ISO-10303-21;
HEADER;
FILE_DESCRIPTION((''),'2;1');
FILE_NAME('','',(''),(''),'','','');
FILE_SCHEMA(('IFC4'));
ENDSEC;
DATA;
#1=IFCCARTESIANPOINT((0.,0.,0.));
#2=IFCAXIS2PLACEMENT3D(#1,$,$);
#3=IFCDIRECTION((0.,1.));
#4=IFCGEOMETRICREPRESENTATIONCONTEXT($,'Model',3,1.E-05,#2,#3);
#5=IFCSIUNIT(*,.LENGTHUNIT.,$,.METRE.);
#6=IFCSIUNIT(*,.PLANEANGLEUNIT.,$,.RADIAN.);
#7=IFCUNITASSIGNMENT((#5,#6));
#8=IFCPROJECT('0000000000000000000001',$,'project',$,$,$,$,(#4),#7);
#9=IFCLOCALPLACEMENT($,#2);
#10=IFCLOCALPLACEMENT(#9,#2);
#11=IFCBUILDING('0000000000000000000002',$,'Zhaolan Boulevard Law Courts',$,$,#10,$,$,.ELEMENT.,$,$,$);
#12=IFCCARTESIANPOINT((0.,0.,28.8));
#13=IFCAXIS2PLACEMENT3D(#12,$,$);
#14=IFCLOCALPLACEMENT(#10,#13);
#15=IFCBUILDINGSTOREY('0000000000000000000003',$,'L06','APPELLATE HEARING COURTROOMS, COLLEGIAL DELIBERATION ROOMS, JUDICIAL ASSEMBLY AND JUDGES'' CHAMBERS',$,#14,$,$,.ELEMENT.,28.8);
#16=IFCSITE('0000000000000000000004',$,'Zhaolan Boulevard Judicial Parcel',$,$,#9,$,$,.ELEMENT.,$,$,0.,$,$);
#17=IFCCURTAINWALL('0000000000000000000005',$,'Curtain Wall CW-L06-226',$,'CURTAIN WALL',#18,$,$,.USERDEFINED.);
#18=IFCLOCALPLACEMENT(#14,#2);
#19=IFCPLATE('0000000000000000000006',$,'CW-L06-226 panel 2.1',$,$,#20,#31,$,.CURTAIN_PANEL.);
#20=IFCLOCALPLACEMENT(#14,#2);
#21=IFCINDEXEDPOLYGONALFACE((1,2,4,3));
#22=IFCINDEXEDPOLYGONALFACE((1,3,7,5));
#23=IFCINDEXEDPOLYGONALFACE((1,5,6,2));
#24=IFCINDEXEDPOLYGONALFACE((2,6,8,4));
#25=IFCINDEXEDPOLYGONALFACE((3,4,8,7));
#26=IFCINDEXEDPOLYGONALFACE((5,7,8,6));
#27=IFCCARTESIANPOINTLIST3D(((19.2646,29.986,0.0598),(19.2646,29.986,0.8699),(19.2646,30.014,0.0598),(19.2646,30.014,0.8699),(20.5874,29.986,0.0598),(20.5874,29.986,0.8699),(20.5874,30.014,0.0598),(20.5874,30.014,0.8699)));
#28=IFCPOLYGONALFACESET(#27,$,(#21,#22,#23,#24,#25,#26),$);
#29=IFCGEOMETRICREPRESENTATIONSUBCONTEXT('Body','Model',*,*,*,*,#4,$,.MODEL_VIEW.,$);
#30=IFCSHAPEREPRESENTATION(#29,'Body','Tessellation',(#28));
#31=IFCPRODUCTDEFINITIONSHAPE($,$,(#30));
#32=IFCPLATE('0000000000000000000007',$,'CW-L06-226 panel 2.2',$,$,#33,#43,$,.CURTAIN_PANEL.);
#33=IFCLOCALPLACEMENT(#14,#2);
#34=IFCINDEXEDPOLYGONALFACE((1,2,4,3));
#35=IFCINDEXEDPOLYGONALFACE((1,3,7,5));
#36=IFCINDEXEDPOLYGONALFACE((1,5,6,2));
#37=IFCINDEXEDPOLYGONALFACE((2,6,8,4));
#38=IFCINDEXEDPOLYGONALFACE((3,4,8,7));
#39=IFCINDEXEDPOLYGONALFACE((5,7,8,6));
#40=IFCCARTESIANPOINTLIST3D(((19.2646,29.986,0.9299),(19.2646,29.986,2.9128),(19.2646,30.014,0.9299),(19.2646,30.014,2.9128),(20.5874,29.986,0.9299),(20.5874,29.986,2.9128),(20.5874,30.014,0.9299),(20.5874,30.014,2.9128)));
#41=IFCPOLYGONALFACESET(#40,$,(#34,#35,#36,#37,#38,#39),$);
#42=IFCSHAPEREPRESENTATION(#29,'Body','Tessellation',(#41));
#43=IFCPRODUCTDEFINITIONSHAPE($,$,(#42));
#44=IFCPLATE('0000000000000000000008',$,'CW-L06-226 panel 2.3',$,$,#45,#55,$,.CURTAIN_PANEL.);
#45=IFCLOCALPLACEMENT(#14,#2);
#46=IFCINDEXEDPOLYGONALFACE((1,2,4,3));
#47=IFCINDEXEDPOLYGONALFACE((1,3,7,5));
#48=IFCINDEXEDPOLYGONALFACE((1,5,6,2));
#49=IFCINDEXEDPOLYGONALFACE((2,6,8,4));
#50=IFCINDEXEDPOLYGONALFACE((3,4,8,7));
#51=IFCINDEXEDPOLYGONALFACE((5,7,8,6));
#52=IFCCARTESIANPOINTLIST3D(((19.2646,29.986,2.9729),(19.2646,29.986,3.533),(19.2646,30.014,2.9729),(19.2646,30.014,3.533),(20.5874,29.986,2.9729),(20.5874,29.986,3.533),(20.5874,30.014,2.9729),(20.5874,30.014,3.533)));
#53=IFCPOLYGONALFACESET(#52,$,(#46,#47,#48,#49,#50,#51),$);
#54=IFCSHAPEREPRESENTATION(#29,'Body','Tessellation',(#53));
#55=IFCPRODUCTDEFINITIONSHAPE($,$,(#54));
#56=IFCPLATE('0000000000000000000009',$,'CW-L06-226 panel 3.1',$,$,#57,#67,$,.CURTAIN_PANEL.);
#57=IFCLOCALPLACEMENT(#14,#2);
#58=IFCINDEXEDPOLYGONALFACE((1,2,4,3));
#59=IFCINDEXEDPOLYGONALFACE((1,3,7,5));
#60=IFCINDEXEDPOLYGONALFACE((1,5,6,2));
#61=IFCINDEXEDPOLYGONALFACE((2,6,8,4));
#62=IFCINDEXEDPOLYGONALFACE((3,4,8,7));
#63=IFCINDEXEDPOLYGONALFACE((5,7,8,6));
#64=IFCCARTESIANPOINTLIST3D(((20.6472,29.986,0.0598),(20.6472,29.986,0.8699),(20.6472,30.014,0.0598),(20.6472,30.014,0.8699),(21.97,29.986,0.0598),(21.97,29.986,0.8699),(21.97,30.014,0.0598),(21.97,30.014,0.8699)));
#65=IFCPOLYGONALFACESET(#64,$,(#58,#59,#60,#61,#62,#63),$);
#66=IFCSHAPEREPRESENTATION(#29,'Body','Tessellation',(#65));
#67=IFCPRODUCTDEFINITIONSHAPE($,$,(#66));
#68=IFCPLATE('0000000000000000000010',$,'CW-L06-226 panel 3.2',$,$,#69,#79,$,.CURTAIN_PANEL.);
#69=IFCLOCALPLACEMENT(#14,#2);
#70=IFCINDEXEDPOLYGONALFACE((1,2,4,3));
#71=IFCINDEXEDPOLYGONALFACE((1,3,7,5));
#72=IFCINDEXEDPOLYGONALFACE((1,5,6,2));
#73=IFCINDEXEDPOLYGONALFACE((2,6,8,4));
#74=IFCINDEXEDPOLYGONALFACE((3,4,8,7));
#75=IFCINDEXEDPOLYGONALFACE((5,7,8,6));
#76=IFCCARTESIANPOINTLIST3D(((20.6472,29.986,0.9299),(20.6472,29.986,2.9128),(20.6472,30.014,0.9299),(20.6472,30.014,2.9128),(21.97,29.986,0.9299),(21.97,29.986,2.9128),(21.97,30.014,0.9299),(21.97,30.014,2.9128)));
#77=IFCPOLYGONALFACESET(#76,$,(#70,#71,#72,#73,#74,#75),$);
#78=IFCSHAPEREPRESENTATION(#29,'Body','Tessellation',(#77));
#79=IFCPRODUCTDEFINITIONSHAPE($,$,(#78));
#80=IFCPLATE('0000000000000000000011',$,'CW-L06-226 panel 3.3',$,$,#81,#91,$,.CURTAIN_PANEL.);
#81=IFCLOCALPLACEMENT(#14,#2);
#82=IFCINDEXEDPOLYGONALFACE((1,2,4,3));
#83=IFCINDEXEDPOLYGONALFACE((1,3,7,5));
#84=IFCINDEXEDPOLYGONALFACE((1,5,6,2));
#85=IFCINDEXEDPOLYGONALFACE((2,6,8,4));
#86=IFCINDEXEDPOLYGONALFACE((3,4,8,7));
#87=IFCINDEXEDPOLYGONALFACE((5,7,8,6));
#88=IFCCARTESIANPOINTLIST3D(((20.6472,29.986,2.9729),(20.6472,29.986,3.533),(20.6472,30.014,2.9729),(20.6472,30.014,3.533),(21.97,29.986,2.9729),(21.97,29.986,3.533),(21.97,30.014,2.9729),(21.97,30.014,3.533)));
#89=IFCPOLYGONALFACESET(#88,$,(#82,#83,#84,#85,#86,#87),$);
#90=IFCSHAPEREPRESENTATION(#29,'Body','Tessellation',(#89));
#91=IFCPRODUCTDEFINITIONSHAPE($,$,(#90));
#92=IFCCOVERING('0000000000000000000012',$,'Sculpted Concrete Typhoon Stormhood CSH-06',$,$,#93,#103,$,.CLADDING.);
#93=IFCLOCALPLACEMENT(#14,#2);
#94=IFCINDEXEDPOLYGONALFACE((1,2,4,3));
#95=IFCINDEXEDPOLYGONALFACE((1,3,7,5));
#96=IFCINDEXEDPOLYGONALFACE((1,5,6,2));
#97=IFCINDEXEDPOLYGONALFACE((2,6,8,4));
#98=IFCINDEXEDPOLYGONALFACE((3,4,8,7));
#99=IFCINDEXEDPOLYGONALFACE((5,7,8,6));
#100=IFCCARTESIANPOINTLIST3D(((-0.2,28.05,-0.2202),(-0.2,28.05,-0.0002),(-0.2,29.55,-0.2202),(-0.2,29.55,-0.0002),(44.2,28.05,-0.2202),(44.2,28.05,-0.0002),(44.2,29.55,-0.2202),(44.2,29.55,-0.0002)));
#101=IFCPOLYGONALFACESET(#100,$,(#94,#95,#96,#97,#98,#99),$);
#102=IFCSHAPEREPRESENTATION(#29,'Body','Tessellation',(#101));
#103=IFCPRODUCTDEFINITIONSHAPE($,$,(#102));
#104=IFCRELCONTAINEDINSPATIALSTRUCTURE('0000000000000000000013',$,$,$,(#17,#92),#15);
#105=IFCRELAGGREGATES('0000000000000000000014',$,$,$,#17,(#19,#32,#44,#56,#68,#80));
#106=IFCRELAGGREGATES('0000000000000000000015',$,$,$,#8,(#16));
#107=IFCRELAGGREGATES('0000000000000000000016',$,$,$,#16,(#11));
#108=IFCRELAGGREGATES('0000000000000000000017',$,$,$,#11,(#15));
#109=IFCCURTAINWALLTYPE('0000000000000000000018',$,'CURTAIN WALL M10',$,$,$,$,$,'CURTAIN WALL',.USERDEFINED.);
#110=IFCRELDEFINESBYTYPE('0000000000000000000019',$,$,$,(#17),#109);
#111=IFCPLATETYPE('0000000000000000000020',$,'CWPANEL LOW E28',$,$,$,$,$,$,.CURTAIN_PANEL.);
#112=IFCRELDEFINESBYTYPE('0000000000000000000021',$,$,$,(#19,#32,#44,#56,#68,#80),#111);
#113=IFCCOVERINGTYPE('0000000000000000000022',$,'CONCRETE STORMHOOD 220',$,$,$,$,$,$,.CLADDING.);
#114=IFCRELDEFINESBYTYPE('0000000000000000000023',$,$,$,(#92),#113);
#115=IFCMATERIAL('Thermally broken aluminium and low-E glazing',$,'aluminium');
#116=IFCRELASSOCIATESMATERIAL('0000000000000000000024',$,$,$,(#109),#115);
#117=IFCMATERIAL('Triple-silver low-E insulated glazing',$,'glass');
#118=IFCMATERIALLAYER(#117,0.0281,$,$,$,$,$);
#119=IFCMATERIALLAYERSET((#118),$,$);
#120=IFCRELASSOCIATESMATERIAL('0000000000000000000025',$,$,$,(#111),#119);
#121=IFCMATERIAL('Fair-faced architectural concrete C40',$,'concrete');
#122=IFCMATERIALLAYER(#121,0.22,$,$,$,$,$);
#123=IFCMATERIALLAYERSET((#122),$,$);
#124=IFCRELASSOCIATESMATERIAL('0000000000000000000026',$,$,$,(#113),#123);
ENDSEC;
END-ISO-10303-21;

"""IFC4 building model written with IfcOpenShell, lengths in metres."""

from ifc_helpers import new_model, si_unit, direction, frame, origin, origin_2d, place, context, subcontext, project, spatial, rectangle, extrude, material, layer, layer_set, type_object, element, aggregate, save


model = new_model("IFC4")

# Units and contexts
model_context = context("Model", 3, precision=1e-05, world=origin(), true_north=direction((0.0, 1.0)))
body_context = subcontext(model_context, "Body", "Model", "MODEL_VIEW")
ifc_project = project(units=[si_unit("LENGTHUNIT", "METRE"), si_unit("PLANEANGLEUNIT", "RADIAN")], contexts=[model_context])

# Site, building, storey
site_placement = place(None, origin())
site = spatial("IfcSite", under=ifc_project, at=site_placement, Name="Zhaolan Boulevard Judicial Parcel", CompositionType="ELEMENT", RefElevation=0.0)
building_placement = place(site_placement, origin())
building = spatial("IfcBuilding", under=site, at=building_placement, Name="Zhaolan Boulevard Law Courts", CompositionType="ELEMENT")
storey_placement = place(building_placement, frame((0.0, 0.0, 28.8)))
storey = spatial("IfcBuildingStorey", under=building, at=storey_placement, Name="L06", Description="APPELLATE HEARING COURTROOMS, COLLEGIAL DELIBERATION ROOMS, JUDICIAL ASSEMBLY AND JUDGES' CHAMBERS", CompositionType="ELEMENT", Elevation=28.8)

# Curtain wall, plates
ifc_material_1 = material(Name="Thermally broken aluminium and low-E glazing", Category="aluminium")
curtain_wall_type = type_object("IfcCurtainWallType", Name="CURTAIN WALL M10", ElementType="CURTAIN WALL", PredefinedType="USERDEFINED", material=ifc_material_1)
curtain_wall_placement = place(storey_placement, origin())
curtain_wall = element("IfcCurtainWall", 1, at=curtain_wall_placement, inside=storey, type_object=curtain_wall_type, Name="Curtain Wall CW-L06-226", ObjectType="CURTAIN WALL", PredefinedType="USERDEFINED")
ifc_material_2 = material(Name="Triple-silver low-E insulated glazing", Category="glass")
ifc_layer_1 = layer(ifc_material_2, 0.0281)
ifc_layer_set_1 = layer_set([ifc_layer_1])
plate_type = type_object("IfcPlateType", Name="CWPANEL LOW E28", PredefinedType="CURTAIN_PANEL", material=ifc_layer_set_1)
plate_1_placement = place(storey_placement, frame((19.926, 30.0, 0.0598), z_axis=(0.0, 0.0, 1.0), x_axis=(1.0, 0.0, 0.0)))
plate_1 = element("IfcPlate", 2, at=plate_1_placement, type_object=plate_type, Name="CW-L06-226 panel 2.1", PredefinedType="CURTAIN_PANEL", context=body_context, shape_type="SweptSolid", body=[
    extrude(rectangle(XDim=1.3228, YDim=0.0281, at=origin_2d()), origin(), (0.0, 0.0, 1.0), 0.8101),
])
plate_2_placement = place(storey_placement, frame((19.926, 30.0, 0.9299), z_axis=(0.0, 0.0, 1.0), x_axis=(1.0, 0.0, 0.0)))
plate_2 = element("IfcPlate", 3, at=plate_2_placement, type_object=plate_type, Name="CW-L06-226 panel 2.2", PredefinedType="CURTAIN_PANEL", context=body_context, shape_type="SweptSolid", body=[
    extrude(rectangle(XDim=1.3228, YDim=0.0281, at=origin_2d()), origin(), (0.0, 0.0, 1.0), 1.9829),
])
plate_3_placement = place(storey_placement, frame((19.926, 30.0, 2.9729), z_axis=(0.0, 0.0, 1.0), x_axis=(1.0, 0.0, 0.0)))
plate_3 = element("IfcPlate", 4, at=plate_3_placement, type_object=plate_type, Name="CW-L06-226 panel 2.3", PredefinedType="CURTAIN_PANEL", context=body_context, shape_type="SweptSolid", body=[
    extrude(rectangle(XDim=1.3228, YDim=0.0281, at=origin_2d()), origin(), (0.0, 0.0, 1.0), 0.5601),
])
plate_4_placement = place(storey_placement, frame((21.3086, 30.0, 0.0598), z_axis=(0.0, 0.0, 1.0), x_axis=(1.0, 0.0, 0.0)))
plate_4 = element("IfcPlate", 5, at=plate_4_placement, type_object=plate_type, Name="CW-L06-226 panel 3.1", PredefinedType="CURTAIN_PANEL", context=body_context, shape_type="SweptSolid", body=[
    extrude(rectangle(XDim=1.3228, YDim=0.0281, at=origin_2d()), origin(), (0.0, 0.0, 1.0), 0.8101),
])
plate_5_placement = place(storey_placement, frame((21.3086, 30.0, 0.9299), z_axis=(0.0, 0.0, 1.0), x_axis=(1.0, 0.0, 0.0)))
plate_5 = element("IfcPlate", 6, at=plate_5_placement, type_object=plate_type, Name="CW-L06-226 panel 3.2", PredefinedType="CURTAIN_PANEL", context=body_context, shape_type="SweptSolid", body=[
    extrude(rectangle(XDim=1.3228, YDim=0.0281, at=origin_2d()), origin(), (0.0, 0.0, 1.0), 1.9829),
])
plate_6_placement = place(storey_placement, frame((21.3086, 30.0, 2.9729), z_axis=(0.0, 0.0, 1.0), x_axis=(1.0, 0.0, 0.0)))
plate_6 = element("IfcPlate", 7, at=plate_6_placement, type_object=plate_type, Name="CW-L06-226 panel 3.3", PredefinedType="CURTAIN_PANEL", context=body_context, shape_type="SweptSolid", body=[
    extrude(rectangle(XDim=1.3228, YDim=0.0281, at=origin_2d()), origin(), (0.0, 0.0, 1.0), 0.5601),
])
aggregate(curtain_wall, [plate_1, plate_2, plate_3, plate_4, plate_5, plate_6])

# Covering
ifc_material_3 = material(Name="Fair-faced architectural concrete C40", Category="concrete")
ifc_layer_2 = layer(ifc_material_3, 0.22)
ifc_layer_set_2 = layer_set([ifc_layer_2])
covering_type = type_object("IfcCoveringType", Name="CONCRETE STORMHOOD 220", PredefinedType="CLADDING", material=ifc_layer_set_2)
covering_placement = place(storey_placement, frame((22.0, 28.8, -0.2202), z_axis=(0.0, 0.0, 1.0), x_axis=(1.0, 0.0, 0.0)))
element("IfcCovering", 8, at=covering_placement, inside=storey, type_object=covering_type, Name="Sculpted Concrete Typhoon Stormhood CSH-06", PredefinedType="CLADDING", context=body_context, shape_type="SweptSolid", body=[
    extrude(rectangle(XDim=44.3999, YDim=1.5, at=origin_2d()), origin(), (0.0, 0.0, 1.0), 0.22),
])

save(model, "model.ifc")
